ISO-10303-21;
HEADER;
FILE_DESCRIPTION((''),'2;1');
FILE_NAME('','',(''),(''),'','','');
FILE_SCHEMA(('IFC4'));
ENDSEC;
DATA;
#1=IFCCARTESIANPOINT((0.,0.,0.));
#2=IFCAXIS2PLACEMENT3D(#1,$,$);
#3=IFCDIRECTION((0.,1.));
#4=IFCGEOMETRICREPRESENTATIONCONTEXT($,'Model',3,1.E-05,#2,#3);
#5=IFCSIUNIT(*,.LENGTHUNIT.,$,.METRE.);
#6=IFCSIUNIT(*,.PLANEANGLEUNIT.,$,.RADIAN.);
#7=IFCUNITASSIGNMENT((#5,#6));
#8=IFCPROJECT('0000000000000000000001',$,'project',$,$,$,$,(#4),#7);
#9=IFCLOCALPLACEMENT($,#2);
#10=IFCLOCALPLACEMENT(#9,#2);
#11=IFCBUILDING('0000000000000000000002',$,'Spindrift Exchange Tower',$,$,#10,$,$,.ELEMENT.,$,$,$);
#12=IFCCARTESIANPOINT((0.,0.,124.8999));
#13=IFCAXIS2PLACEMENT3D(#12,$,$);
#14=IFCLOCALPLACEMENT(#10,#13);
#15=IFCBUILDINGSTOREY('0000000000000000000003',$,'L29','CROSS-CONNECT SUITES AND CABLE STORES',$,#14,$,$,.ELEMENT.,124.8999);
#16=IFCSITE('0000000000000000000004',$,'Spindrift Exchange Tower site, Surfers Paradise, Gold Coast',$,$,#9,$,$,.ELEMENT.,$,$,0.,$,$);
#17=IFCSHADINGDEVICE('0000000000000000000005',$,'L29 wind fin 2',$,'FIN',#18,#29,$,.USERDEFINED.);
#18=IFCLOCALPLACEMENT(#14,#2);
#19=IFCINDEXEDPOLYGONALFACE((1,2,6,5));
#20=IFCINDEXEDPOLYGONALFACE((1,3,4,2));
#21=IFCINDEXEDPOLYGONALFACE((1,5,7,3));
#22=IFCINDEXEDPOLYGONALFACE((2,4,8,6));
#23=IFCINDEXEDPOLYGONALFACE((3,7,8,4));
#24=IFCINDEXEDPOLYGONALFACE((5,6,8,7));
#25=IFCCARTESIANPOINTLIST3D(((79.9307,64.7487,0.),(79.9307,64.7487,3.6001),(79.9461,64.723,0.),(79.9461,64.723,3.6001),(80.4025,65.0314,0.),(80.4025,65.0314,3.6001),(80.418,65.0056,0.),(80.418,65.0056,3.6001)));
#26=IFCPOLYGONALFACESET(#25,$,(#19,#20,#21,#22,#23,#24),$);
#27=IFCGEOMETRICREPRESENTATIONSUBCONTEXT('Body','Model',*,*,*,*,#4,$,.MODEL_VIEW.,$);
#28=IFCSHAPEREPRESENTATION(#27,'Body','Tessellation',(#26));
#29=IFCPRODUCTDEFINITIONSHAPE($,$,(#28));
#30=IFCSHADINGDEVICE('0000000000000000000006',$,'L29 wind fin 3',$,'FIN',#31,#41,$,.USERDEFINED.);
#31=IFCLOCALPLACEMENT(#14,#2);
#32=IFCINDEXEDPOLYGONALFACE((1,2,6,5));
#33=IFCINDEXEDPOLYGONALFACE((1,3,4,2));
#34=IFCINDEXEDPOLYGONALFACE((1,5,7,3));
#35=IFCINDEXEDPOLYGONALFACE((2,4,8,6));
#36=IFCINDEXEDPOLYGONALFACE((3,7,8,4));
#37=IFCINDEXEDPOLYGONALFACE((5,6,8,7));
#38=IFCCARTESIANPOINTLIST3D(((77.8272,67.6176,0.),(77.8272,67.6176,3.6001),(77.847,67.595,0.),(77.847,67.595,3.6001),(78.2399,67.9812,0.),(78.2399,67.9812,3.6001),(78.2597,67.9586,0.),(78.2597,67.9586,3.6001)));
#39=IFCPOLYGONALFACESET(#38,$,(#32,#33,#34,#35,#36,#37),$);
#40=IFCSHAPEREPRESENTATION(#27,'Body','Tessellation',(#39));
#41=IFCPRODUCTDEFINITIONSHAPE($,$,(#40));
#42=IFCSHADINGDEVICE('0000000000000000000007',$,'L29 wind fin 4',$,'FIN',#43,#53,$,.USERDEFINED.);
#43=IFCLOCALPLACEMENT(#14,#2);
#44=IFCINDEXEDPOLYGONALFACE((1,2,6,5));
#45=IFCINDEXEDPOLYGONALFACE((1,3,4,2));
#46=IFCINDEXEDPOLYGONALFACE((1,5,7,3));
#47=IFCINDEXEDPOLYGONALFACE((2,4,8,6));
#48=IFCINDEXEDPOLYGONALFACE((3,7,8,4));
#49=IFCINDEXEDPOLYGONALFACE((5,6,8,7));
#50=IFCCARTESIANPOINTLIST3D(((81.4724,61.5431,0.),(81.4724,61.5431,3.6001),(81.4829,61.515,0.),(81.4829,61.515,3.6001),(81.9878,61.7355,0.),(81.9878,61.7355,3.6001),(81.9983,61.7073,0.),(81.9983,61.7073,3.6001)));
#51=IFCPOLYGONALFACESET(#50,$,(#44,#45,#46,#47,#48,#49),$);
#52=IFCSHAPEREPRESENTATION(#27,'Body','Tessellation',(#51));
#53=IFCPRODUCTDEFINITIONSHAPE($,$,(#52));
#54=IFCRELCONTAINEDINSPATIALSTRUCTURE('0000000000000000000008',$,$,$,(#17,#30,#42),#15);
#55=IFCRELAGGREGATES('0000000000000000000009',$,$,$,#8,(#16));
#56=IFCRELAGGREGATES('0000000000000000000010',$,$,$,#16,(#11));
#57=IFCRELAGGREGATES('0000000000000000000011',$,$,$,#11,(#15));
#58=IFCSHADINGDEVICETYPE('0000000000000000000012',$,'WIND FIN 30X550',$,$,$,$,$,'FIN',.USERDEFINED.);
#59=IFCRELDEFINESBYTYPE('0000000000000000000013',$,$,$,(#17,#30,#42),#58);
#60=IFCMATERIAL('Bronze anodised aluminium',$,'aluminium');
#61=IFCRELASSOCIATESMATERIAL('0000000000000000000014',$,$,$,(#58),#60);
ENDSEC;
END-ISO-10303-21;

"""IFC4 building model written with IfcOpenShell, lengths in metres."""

from ifc_helpers import new_model, si_unit, direction, frame, origin, origin_2d, place, context, subcontext, project, spatial, rectangle, extrude, source, transform, mapped, material, material_profile, profile_set, type_object, element, save


model = new_model("IFC4")

# Units and contexts
model_context = context("Model", 3, precision=1e-05, world=origin(), true_north=direction((0.0, 1.0)))
body_context = subcontext(model_context, "Body", "Model", "MODEL_VIEW")
ifc_project = project(units=[si_unit("LENGTHUNIT", "METRE"), si_unit("PLANEANGLEUNIT", "RADIAN")], contexts=[model_context])

# Site, building, storey
site_placement = place(None, origin())
site = spatial("IfcSite", under=ifc_project, at=site_placement, Name="Spindrift Exchange Tower site, Surfers Paradise, Gold Coast", CompositionType="ELEMENT", RefElevation=0.0)
building_placement = place(site_placement, origin())
building = spatial("IfcBuilding", under=site, at=building_placement, Name="Spindrift Exchange Tower", CompositionType="ELEMENT")
storey_placement = place(building_placement, frame((0.0, 0.0, 124.8999)))
storey = spatial("IfcBuildingStorey", under=building, at=storey_placement, Name="L29", Description="CROSS-CONNECT SUITES AND CABLE STORES", CompositionType="ELEMENT", Elevation=124.8999)

# Shared definitions
ifc_material_1 = material(Name="Bronze anodised aluminium", Category="aluminium")

# Shading devices
ifc_material_profile_1 = material_profile(ifc_material_1, rectangle(XDim=0.03, YDim=0.55, at=origin_2d()), Name="WIND FIN 30X550")
ifc_profile_set_1 = profile_set([ifc_material_profile_1], Name="Bronze anodised aluminium")
shading_device_type = type_object("IfcShadingDeviceType", Name="WIND FIN 30X550", ElementType="FIN", PredefinedType="USERDEFINED", material=ifc_profile_set_1)
shared_shape_1 = source(origin(), body_context, "Body", "SweptSolid", [
    extrude(rectangle(XDim=0.03, YDim=0.55, at=origin_2d()), origin(), (0.0, 0.0, 1.0), 3.6001),
])
for number, where, z_axis, x_axis, name in (
    (1, (80.1743, 64.8772, 0.0), (0.0, 0.0, 1.0), (-0.513881, 0.857861, 0.0), "L29 wind fin 2"),
    (2, (78.0435, 67.7881, 0.0), (0.0, 0.0, 1.0), (-0.66104, 0.750351, 0.0), "L29 wind fin 3"),
    (3, (81.7354, 61.6252, 0.0), (0.0, 0.0, 1.0), (-0.349658, 0.936877, 0.0), "L29 wind fin 4"),
):
    element("IfcShadingDevice", number, at=place(storey_placement, frame(where, z_axis=z_axis, x_axis=x_axis)), inside=storey, type_object=shading_device_type, Name=name, ObjectType="FIN", PredefinedType="USERDEFINED", context=body_context, shape_type="MappedRepresentation", body=[
        mapped(shared_shape_1, transform((0.0, 0.0, 0.0), scale=1.0)),
    ])

save(model, "model.ifc")
